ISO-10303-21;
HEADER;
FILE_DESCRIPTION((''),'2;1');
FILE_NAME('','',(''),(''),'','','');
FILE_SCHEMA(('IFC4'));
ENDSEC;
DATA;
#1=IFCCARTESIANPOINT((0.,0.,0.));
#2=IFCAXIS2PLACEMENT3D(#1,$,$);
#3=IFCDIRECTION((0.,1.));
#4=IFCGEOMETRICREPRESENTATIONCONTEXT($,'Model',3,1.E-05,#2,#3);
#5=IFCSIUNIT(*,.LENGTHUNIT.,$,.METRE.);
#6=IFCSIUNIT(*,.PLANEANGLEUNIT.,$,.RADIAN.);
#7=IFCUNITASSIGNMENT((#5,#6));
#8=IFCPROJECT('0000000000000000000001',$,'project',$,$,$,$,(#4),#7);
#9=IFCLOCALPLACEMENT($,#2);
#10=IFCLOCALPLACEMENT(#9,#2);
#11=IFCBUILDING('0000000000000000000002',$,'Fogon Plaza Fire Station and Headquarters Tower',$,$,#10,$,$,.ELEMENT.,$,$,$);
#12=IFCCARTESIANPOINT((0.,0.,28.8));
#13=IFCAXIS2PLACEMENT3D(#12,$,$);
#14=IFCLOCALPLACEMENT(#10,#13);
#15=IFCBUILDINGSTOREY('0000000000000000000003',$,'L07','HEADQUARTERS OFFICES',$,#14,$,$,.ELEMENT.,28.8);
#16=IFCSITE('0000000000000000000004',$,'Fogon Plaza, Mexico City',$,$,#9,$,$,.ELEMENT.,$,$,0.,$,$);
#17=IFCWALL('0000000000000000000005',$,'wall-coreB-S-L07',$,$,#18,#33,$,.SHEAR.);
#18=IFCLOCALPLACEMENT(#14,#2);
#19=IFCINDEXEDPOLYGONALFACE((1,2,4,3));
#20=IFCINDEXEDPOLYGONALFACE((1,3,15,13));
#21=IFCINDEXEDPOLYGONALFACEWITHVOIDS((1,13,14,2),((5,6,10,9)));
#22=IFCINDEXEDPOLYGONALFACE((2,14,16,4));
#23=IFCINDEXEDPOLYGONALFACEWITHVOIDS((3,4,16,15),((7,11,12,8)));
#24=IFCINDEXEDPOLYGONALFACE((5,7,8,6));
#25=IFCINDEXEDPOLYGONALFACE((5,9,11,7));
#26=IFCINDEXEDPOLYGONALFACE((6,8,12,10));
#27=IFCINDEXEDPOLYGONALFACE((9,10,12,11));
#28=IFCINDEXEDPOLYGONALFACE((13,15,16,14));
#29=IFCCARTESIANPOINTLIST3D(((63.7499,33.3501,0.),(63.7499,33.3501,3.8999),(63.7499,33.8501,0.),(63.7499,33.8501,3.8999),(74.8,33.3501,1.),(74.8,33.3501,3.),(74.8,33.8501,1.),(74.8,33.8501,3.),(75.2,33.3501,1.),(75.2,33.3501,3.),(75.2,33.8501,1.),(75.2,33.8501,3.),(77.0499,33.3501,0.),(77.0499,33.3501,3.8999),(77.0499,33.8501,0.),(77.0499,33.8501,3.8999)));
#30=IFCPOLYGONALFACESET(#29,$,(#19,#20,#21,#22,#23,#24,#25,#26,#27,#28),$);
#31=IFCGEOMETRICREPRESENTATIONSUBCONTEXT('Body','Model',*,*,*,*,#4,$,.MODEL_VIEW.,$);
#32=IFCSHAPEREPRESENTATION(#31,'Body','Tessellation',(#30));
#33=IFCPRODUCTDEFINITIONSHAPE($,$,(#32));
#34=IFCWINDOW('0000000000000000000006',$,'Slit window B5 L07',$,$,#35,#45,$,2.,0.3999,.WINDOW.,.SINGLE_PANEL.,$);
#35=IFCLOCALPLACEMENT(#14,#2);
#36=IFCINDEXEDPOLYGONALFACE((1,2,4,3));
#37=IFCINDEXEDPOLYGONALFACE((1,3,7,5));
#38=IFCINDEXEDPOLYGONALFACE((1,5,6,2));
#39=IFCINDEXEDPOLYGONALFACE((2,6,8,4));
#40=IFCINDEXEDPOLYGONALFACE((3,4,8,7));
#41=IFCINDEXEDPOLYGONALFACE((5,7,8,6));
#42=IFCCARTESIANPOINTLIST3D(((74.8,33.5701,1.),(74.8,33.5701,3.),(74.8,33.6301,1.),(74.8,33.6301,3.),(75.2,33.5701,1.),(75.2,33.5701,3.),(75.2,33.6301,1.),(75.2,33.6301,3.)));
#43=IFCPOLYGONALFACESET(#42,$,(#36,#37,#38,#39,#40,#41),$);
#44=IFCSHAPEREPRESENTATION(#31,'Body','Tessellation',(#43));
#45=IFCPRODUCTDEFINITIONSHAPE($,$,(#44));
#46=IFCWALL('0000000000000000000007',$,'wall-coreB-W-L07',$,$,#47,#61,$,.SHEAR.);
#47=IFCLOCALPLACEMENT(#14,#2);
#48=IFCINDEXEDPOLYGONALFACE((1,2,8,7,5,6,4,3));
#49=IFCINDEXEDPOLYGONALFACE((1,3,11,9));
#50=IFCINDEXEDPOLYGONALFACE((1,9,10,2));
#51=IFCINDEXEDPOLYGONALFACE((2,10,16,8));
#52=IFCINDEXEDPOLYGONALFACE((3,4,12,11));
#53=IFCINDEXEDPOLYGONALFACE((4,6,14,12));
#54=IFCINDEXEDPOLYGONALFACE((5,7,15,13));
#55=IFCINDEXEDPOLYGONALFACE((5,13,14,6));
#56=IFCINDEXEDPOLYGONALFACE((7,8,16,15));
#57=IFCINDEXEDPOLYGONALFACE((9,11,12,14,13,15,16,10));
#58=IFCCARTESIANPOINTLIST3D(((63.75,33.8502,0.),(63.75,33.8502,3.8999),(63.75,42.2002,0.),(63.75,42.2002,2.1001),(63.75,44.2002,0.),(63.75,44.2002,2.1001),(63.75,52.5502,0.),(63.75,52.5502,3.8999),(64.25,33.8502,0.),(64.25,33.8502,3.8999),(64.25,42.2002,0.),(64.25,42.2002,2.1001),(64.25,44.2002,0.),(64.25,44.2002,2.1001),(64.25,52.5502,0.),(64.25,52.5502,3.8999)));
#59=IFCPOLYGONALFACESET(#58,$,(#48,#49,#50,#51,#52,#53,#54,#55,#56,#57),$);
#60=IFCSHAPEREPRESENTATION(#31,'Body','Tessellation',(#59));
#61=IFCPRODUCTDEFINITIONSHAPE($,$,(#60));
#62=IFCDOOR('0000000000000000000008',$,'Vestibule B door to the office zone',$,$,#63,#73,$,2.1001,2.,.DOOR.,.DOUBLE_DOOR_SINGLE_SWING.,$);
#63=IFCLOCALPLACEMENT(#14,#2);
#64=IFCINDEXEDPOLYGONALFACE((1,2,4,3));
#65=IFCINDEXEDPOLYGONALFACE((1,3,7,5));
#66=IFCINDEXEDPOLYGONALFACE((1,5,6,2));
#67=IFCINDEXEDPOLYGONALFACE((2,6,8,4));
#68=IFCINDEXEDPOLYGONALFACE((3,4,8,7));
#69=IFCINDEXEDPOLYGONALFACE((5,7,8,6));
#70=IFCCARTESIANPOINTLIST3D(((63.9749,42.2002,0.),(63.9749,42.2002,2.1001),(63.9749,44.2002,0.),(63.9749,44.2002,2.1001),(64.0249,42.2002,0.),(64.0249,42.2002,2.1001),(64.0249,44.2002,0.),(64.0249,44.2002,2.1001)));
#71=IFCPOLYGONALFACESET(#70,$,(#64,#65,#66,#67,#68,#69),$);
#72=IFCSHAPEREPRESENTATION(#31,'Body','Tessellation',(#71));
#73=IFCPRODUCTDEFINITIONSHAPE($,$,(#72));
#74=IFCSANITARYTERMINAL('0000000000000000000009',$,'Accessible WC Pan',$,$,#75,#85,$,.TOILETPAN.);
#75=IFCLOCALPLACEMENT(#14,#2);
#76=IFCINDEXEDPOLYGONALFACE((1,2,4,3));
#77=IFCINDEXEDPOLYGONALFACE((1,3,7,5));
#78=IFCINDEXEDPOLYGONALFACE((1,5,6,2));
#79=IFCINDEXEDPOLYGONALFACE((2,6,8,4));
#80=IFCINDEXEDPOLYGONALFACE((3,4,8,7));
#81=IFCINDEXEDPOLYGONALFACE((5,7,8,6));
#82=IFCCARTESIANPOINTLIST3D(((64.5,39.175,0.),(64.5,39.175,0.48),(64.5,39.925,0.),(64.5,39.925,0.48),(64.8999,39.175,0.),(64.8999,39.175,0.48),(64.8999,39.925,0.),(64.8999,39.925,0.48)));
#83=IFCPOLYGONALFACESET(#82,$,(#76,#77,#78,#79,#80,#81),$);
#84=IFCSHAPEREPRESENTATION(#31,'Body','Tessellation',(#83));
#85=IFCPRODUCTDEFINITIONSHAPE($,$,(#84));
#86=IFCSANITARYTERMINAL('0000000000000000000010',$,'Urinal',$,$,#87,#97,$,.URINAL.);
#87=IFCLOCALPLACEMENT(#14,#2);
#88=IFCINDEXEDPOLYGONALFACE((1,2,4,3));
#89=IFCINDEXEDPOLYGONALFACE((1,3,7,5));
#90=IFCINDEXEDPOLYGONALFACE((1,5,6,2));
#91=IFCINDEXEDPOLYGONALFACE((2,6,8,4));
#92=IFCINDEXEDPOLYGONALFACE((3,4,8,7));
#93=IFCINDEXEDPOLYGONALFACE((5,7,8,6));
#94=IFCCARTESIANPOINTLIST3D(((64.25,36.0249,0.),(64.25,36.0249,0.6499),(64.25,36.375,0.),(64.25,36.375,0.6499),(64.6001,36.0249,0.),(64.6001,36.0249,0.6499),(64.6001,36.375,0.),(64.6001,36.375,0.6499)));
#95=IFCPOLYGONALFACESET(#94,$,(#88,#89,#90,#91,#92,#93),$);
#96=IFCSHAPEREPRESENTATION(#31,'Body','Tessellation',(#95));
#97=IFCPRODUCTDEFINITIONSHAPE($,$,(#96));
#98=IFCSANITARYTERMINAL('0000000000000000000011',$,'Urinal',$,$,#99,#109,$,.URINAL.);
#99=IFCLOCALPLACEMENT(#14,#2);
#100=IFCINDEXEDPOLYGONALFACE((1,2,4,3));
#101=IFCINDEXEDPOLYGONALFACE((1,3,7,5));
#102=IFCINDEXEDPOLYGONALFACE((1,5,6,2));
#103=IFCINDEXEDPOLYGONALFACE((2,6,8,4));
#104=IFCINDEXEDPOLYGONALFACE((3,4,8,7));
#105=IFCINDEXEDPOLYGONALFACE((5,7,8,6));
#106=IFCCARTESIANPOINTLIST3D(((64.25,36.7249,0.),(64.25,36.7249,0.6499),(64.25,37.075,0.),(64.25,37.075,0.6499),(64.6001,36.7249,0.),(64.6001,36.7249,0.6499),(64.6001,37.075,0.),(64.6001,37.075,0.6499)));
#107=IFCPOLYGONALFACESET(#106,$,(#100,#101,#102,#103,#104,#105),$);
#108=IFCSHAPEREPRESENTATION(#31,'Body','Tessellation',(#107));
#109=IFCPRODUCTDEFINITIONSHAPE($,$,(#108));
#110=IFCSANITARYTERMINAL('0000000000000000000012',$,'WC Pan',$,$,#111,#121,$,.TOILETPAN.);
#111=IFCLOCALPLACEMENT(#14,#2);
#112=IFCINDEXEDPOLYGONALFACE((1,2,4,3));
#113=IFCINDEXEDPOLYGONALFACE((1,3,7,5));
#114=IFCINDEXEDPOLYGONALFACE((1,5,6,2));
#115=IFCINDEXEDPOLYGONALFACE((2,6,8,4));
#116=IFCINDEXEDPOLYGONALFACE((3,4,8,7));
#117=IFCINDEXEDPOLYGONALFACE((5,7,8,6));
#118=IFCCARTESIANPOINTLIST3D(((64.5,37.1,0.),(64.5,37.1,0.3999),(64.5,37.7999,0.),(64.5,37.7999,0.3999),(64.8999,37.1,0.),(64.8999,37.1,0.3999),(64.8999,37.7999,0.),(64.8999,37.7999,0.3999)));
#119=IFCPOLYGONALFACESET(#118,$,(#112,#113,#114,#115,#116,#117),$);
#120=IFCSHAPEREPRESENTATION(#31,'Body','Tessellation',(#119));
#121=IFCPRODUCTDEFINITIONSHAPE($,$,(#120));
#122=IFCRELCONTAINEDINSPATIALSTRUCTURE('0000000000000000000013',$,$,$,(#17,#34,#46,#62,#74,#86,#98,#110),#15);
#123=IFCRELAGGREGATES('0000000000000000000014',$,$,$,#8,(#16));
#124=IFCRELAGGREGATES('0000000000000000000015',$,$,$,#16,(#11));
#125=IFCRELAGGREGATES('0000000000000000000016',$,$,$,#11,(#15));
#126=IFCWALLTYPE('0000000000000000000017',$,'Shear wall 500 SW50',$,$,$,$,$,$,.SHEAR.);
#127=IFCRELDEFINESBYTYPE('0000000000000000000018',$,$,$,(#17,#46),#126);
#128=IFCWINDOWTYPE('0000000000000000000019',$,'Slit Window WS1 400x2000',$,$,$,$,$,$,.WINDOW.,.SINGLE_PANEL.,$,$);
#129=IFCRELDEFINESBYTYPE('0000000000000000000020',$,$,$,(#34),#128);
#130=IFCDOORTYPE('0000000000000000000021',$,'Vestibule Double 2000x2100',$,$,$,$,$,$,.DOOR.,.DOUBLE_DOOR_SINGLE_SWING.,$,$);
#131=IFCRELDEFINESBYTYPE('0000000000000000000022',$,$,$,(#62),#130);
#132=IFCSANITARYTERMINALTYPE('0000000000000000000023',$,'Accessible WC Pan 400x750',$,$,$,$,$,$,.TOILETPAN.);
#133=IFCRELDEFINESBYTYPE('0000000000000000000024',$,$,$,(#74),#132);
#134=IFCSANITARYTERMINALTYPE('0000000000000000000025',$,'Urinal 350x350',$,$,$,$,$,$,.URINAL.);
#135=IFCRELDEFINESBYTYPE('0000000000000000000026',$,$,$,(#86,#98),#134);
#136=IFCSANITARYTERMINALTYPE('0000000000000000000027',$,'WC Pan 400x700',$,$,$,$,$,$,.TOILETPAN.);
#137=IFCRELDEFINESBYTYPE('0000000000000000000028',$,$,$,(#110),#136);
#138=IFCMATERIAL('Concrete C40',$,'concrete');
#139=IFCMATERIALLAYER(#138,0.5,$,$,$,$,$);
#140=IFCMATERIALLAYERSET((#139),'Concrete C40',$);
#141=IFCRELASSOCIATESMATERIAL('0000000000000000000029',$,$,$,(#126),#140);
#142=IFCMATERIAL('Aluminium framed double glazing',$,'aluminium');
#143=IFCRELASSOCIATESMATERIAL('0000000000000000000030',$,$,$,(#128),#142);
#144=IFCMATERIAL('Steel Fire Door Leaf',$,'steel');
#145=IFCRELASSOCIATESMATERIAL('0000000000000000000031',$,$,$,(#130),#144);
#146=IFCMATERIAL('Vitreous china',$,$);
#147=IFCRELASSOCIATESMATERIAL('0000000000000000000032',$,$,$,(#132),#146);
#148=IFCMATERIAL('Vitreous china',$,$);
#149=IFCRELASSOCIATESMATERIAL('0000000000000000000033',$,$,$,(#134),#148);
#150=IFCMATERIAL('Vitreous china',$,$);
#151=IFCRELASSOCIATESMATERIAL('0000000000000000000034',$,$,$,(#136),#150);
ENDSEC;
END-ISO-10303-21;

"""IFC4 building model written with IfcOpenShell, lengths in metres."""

from ifc_helpers import new_model, si_unit, direction, frame, frame_2d, origin, origin_2d, place, context, subcontext, project, spatial, rectangle, extrude, material, layer, layer_set, type_object, element, fill, save


model = new_model("IFC4")

# Units and contexts
model_context = context("Model", 3, precision=1e-05, world=origin(), true_north=direction((0.0, 1.0)))
body_context = subcontext(model_context, "Body", "Model", "MODEL_VIEW")
ifc_project = project(units=[si_unit("LENGTHUNIT", "METRE"), si_unit("PLANEANGLEUNIT", "RADIAN")], contexts=[model_context])

# Site, building, storey
site_placement = place(None, origin())
site = spatial("IfcSite", under=ifc_project, at=site_placement, Name="Fogon Plaza, Mexico City", CompositionType="ELEMENT", RefElevation=0.0)
building_placement = place(site_placement, origin())
building = spatial("IfcBuilding", under=site, at=building_placement, Name="Fogon Plaza Fire Station and Headquarters Tower", CompositionType="ELEMENT")
storey_placement = place(building_placement, frame((0.0, 0.0, 28.8)))
storey = spatial("IfcBuildingStorey", under=building, at=storey_placement, Name="L07", Description="HEADQUARTERS OFFICES", CompositionType="ELEMENT", Elevation=28.8)

# Wall, opening, window
ifc_material_1 = material(Name="Concrete C40", Category="concrete")
ifc_layer_1 = layer(ifc_material_1, 0.5)
ifc_layer_set_1 = layer_set([ifc_layer_1], Name="Concrete C40")
wall_type_1 = type_object("IfcWallType", Name="Shear wall 500 SW50", PredefinedType="SHEAR", material=ifc_layer_set_1)
wall_1_placement = place(storey_placement, frame((63.75, 33.6001, 0.0), z_axis=(0.0, 0.0, 1.0), x_axis=(1.0, 0.0, 0.0)))
wall_1 = element("IfcWall", 1, at=wall_1_placement, inside=storey, type_object=wall_type_1, Name="wall-coreB-S-L07", PredefinedType="SHEAR", context=body_context, shape_type="SweptSolid", body=[
    extrude(rectangle(XDim=13.3, YDim=0.5, at=frame_2d((6.6499, 0.0))), origin(), (0.0, 0.0, 1.0), 3.8999),
])
opening_1_placement = place(wall_1_placement, frame((11.05, 0.0, 1.0)))
opening_1 = element("IfcOpeningElement", 2, at=opening_1_placement, cuts=wall_1, PredefinedType="OPENING", context=body_context, shape_type="SweptSolid", body=[
    extrude(rectangle(XDim=0.3999, YDim=2.0, at=frame_2d((0.2, 1.0))), frame((0.0, 0.26, 0.0), z_axis=(0.0, -1.0, 0.0), x_axis=(1.0, 0.0, 0.0)), (0.0, 0.0, 1.0), 0.52),
])
ifc_material_2 = material(Name="Aluminium framed double glazing", Category="aluminium")
window_type = type_object("IfcWindowType", Name="Slit Window WS1 400x2000", PartitioningType="SINGLE_PANEL", PredefinedType="WINDOW", material=ifc_material_2)
window_placement = place(opening_1_placement, origin())
window = element("IfcWindow", 3, at=window_placement, inside=storey, type_object=window_type, Name="Slit window B5 L07", OverallHeight=2.0, OverallWidth=0.3999, PartitioningType="SINGLE_PANEL", PredefinedType="WINDOW", context=body_context, shape_type="SweptSolid", body=[
    extrude(rectangle(XDim=0.3999, YDim=2.0, at=frame_2d((0.2, 1.0))), frame((0.0, 0.03, 0.0), z_axis=(0.0, -1.0, 0.0), x_axis=(1.0, 0.0, 0.0)), (0.0, 0.0, 1.0), 0.0601),
])
fill(opening_1, window)

# Wall, opening, door
wall_2_placement = place(storey_placement, frame((64.0, 33.8501, 0.0), z_axis=(0.0, 0.0, 1.0), x_axis=(0.0, 1.0, 0.0)))
wall_2 = element("IfcWall", 4, at=wall_2_placement, inside=storey, type_object=wall_type_1, Name="wall-coreB-W-L07", PredefinedType="SHEAR", context=body_context, shape_type="SweptSolid", body=[
    extrude(rectangle(XDim=18.7, YDim=0.5, at=frame_2d((9.3501, 0.0))), origin(), (0.0, 0.0, 1.0), 3.8999),
])
opening_2_placement = place(wall_2_placement, frame((8.3501, 0.0, 0.0)))
opening_2 = element("IfcOpeningElement", 5, at=opening_2_placement, cuts=wall_2, PredefinedType="OPENING", context=body_context, shape_type="SweptSolid", body=[
    extrude(rectangle(XDim=2.0, YDim=2.1001, at=frame_2d((1.0, 1.05))), frame((0.0, 0.26, 0.0), z_axis=(0.0, -1.0, 0.0), x_axis=(1.0, 0.0, 0.0)), (0.0, 0.0, 1.0), 0.52),
])
ifc_material_3 = material(Name="Steel Fire Door Leaf", Category="steel")
door_type = type_object("IfcDoorType", Name="Vestibule Double 2000x2100", OperationType="DOUBLE_DOOR_SINGLE_SWING", PredefinedType="DOOR", material=ifc_material_3)
door_placement = place(opening_2_placement, frame((2.0, 0.0, 0.0), z_axis=(0.0, 0.0, 1.0), x_axis=(-1.0, 0.0, 0.0)))
door = element("IfcDoor", 6, at=door_placement, inside=storey, type_object=door_type, Name="Vestibule B door to the office zone", OperationType="DOUBLE_DOOR_SINGLE_SWING", OverallHeight=2.1001, OverallWidth=2.0, PredefinedType="DOOR", context=body_context, shape_type="SweptSolid", body=[
    extrude(rectangle(XDim=2.0, YDim=2.1001, at=frame_2d((1.0, 1.05))), frame((0.0, 0.0249, 0.0), z_axis=(0.0, -1.0, 0.0), x_axis=(1.0, 0.0, 0.0)), (0.0, 0.0, 1.0), 0.05),
])
fill(opening_2, door)

# Sanitary terminals
ifc_material_4 = material(Name="Vitreous china")
sanitary_terminal_type_1 = type_object("IfcSanitaryTerminalType", Name="Accessible WC Pan 400x750", PredefinedType="TOILETPAN", material=ifc_material_4)
sanitary_terminal_1_placement = place(storey_placement, frame((64.7, 39.55, 0.0), z_axis=(0.0, 0.0, 1.0), x_axis=(1.0, 0.0, 0.0)))
element("IfcSanitaryTerminal", 7, at=sanitary_terminal_1_placement, inside=storey, type_object=sanitary_terminal_type_1, Name="Accessible WC Pan", PredefinedType="TOILETPAN", context=body_context, shape_type="SweptSolid", body=[
    extrude(rectangle(XDim=0.3999, YDim=0.75, at=origin_2d()), origin(), (0.0, 0.0, 1.0), 0.48),
])
ifc_material_5 = material(Name="Vitreous china")
sanitary_terminal_type_2 = type_object("IfcSanitaryTerminalType", Name="Urinal 350x350", PredefinedType="URINAL", material=ifc_material_5)
for number, where, z_axis, x_axis, name in (
    (8, (64.425, 36.2, 0.0), (0.0, 0.0, 1.0), (1.0, 0.0, 0.0), "Urinal"),
    (9, (64.425, 36.8999, 0.0), (0.0, 0.0, 1.0), (1.0, 0.0, 0.0), "Urinal"),
):
    element("IfcSanitaryTerminal", number, at=place(storey_placement, frame(where, z_axis=z_axis, x_axis=x_axis)), inside=storey, type_object=sanitary_terminal_type_2, Name=name, PredefinedType="URINAL", context=body_context, shape_type="SweptSolid", body=[
        extrude(rectangle(XDim=0.3501, YDim=0.3501, at=origin_2d()), origin(), (0.0, 0.0, 1.0), 0.6499),
    ])
ifc_material_6 = material(Name="Vitreous china")
sanitary_terminal_type_3 = type_object("IfcSanitaryTerminalType", Name="WC Pan 400x700", PredefinedType="TOILETPAN", material=ifc_material_6)
sanitary_terminal_2_placement = place(storey_placement, frame((64.7, 37.45, 0.0), z_axis=(0.0, 0.0, 1.0), x_axis=(1.0, 0.0, 0.0)))
element("IfcSanitaryTerminal", 10, at=sanitary_terminal_2_placement, inside=storey, type_object=sanitary_terminal_type_3, Name="WC Pan", PredefinedType="TOILETPAN", context=body_context, shape_type="SweptSolid", body=[
    extrude(rectangle(XDim=0.3999, YDim=0.7, at=origin_2d()), origin(), (0.0, 0.0, 1.0), 0.3999),
])

save(model, "model.ifc")
